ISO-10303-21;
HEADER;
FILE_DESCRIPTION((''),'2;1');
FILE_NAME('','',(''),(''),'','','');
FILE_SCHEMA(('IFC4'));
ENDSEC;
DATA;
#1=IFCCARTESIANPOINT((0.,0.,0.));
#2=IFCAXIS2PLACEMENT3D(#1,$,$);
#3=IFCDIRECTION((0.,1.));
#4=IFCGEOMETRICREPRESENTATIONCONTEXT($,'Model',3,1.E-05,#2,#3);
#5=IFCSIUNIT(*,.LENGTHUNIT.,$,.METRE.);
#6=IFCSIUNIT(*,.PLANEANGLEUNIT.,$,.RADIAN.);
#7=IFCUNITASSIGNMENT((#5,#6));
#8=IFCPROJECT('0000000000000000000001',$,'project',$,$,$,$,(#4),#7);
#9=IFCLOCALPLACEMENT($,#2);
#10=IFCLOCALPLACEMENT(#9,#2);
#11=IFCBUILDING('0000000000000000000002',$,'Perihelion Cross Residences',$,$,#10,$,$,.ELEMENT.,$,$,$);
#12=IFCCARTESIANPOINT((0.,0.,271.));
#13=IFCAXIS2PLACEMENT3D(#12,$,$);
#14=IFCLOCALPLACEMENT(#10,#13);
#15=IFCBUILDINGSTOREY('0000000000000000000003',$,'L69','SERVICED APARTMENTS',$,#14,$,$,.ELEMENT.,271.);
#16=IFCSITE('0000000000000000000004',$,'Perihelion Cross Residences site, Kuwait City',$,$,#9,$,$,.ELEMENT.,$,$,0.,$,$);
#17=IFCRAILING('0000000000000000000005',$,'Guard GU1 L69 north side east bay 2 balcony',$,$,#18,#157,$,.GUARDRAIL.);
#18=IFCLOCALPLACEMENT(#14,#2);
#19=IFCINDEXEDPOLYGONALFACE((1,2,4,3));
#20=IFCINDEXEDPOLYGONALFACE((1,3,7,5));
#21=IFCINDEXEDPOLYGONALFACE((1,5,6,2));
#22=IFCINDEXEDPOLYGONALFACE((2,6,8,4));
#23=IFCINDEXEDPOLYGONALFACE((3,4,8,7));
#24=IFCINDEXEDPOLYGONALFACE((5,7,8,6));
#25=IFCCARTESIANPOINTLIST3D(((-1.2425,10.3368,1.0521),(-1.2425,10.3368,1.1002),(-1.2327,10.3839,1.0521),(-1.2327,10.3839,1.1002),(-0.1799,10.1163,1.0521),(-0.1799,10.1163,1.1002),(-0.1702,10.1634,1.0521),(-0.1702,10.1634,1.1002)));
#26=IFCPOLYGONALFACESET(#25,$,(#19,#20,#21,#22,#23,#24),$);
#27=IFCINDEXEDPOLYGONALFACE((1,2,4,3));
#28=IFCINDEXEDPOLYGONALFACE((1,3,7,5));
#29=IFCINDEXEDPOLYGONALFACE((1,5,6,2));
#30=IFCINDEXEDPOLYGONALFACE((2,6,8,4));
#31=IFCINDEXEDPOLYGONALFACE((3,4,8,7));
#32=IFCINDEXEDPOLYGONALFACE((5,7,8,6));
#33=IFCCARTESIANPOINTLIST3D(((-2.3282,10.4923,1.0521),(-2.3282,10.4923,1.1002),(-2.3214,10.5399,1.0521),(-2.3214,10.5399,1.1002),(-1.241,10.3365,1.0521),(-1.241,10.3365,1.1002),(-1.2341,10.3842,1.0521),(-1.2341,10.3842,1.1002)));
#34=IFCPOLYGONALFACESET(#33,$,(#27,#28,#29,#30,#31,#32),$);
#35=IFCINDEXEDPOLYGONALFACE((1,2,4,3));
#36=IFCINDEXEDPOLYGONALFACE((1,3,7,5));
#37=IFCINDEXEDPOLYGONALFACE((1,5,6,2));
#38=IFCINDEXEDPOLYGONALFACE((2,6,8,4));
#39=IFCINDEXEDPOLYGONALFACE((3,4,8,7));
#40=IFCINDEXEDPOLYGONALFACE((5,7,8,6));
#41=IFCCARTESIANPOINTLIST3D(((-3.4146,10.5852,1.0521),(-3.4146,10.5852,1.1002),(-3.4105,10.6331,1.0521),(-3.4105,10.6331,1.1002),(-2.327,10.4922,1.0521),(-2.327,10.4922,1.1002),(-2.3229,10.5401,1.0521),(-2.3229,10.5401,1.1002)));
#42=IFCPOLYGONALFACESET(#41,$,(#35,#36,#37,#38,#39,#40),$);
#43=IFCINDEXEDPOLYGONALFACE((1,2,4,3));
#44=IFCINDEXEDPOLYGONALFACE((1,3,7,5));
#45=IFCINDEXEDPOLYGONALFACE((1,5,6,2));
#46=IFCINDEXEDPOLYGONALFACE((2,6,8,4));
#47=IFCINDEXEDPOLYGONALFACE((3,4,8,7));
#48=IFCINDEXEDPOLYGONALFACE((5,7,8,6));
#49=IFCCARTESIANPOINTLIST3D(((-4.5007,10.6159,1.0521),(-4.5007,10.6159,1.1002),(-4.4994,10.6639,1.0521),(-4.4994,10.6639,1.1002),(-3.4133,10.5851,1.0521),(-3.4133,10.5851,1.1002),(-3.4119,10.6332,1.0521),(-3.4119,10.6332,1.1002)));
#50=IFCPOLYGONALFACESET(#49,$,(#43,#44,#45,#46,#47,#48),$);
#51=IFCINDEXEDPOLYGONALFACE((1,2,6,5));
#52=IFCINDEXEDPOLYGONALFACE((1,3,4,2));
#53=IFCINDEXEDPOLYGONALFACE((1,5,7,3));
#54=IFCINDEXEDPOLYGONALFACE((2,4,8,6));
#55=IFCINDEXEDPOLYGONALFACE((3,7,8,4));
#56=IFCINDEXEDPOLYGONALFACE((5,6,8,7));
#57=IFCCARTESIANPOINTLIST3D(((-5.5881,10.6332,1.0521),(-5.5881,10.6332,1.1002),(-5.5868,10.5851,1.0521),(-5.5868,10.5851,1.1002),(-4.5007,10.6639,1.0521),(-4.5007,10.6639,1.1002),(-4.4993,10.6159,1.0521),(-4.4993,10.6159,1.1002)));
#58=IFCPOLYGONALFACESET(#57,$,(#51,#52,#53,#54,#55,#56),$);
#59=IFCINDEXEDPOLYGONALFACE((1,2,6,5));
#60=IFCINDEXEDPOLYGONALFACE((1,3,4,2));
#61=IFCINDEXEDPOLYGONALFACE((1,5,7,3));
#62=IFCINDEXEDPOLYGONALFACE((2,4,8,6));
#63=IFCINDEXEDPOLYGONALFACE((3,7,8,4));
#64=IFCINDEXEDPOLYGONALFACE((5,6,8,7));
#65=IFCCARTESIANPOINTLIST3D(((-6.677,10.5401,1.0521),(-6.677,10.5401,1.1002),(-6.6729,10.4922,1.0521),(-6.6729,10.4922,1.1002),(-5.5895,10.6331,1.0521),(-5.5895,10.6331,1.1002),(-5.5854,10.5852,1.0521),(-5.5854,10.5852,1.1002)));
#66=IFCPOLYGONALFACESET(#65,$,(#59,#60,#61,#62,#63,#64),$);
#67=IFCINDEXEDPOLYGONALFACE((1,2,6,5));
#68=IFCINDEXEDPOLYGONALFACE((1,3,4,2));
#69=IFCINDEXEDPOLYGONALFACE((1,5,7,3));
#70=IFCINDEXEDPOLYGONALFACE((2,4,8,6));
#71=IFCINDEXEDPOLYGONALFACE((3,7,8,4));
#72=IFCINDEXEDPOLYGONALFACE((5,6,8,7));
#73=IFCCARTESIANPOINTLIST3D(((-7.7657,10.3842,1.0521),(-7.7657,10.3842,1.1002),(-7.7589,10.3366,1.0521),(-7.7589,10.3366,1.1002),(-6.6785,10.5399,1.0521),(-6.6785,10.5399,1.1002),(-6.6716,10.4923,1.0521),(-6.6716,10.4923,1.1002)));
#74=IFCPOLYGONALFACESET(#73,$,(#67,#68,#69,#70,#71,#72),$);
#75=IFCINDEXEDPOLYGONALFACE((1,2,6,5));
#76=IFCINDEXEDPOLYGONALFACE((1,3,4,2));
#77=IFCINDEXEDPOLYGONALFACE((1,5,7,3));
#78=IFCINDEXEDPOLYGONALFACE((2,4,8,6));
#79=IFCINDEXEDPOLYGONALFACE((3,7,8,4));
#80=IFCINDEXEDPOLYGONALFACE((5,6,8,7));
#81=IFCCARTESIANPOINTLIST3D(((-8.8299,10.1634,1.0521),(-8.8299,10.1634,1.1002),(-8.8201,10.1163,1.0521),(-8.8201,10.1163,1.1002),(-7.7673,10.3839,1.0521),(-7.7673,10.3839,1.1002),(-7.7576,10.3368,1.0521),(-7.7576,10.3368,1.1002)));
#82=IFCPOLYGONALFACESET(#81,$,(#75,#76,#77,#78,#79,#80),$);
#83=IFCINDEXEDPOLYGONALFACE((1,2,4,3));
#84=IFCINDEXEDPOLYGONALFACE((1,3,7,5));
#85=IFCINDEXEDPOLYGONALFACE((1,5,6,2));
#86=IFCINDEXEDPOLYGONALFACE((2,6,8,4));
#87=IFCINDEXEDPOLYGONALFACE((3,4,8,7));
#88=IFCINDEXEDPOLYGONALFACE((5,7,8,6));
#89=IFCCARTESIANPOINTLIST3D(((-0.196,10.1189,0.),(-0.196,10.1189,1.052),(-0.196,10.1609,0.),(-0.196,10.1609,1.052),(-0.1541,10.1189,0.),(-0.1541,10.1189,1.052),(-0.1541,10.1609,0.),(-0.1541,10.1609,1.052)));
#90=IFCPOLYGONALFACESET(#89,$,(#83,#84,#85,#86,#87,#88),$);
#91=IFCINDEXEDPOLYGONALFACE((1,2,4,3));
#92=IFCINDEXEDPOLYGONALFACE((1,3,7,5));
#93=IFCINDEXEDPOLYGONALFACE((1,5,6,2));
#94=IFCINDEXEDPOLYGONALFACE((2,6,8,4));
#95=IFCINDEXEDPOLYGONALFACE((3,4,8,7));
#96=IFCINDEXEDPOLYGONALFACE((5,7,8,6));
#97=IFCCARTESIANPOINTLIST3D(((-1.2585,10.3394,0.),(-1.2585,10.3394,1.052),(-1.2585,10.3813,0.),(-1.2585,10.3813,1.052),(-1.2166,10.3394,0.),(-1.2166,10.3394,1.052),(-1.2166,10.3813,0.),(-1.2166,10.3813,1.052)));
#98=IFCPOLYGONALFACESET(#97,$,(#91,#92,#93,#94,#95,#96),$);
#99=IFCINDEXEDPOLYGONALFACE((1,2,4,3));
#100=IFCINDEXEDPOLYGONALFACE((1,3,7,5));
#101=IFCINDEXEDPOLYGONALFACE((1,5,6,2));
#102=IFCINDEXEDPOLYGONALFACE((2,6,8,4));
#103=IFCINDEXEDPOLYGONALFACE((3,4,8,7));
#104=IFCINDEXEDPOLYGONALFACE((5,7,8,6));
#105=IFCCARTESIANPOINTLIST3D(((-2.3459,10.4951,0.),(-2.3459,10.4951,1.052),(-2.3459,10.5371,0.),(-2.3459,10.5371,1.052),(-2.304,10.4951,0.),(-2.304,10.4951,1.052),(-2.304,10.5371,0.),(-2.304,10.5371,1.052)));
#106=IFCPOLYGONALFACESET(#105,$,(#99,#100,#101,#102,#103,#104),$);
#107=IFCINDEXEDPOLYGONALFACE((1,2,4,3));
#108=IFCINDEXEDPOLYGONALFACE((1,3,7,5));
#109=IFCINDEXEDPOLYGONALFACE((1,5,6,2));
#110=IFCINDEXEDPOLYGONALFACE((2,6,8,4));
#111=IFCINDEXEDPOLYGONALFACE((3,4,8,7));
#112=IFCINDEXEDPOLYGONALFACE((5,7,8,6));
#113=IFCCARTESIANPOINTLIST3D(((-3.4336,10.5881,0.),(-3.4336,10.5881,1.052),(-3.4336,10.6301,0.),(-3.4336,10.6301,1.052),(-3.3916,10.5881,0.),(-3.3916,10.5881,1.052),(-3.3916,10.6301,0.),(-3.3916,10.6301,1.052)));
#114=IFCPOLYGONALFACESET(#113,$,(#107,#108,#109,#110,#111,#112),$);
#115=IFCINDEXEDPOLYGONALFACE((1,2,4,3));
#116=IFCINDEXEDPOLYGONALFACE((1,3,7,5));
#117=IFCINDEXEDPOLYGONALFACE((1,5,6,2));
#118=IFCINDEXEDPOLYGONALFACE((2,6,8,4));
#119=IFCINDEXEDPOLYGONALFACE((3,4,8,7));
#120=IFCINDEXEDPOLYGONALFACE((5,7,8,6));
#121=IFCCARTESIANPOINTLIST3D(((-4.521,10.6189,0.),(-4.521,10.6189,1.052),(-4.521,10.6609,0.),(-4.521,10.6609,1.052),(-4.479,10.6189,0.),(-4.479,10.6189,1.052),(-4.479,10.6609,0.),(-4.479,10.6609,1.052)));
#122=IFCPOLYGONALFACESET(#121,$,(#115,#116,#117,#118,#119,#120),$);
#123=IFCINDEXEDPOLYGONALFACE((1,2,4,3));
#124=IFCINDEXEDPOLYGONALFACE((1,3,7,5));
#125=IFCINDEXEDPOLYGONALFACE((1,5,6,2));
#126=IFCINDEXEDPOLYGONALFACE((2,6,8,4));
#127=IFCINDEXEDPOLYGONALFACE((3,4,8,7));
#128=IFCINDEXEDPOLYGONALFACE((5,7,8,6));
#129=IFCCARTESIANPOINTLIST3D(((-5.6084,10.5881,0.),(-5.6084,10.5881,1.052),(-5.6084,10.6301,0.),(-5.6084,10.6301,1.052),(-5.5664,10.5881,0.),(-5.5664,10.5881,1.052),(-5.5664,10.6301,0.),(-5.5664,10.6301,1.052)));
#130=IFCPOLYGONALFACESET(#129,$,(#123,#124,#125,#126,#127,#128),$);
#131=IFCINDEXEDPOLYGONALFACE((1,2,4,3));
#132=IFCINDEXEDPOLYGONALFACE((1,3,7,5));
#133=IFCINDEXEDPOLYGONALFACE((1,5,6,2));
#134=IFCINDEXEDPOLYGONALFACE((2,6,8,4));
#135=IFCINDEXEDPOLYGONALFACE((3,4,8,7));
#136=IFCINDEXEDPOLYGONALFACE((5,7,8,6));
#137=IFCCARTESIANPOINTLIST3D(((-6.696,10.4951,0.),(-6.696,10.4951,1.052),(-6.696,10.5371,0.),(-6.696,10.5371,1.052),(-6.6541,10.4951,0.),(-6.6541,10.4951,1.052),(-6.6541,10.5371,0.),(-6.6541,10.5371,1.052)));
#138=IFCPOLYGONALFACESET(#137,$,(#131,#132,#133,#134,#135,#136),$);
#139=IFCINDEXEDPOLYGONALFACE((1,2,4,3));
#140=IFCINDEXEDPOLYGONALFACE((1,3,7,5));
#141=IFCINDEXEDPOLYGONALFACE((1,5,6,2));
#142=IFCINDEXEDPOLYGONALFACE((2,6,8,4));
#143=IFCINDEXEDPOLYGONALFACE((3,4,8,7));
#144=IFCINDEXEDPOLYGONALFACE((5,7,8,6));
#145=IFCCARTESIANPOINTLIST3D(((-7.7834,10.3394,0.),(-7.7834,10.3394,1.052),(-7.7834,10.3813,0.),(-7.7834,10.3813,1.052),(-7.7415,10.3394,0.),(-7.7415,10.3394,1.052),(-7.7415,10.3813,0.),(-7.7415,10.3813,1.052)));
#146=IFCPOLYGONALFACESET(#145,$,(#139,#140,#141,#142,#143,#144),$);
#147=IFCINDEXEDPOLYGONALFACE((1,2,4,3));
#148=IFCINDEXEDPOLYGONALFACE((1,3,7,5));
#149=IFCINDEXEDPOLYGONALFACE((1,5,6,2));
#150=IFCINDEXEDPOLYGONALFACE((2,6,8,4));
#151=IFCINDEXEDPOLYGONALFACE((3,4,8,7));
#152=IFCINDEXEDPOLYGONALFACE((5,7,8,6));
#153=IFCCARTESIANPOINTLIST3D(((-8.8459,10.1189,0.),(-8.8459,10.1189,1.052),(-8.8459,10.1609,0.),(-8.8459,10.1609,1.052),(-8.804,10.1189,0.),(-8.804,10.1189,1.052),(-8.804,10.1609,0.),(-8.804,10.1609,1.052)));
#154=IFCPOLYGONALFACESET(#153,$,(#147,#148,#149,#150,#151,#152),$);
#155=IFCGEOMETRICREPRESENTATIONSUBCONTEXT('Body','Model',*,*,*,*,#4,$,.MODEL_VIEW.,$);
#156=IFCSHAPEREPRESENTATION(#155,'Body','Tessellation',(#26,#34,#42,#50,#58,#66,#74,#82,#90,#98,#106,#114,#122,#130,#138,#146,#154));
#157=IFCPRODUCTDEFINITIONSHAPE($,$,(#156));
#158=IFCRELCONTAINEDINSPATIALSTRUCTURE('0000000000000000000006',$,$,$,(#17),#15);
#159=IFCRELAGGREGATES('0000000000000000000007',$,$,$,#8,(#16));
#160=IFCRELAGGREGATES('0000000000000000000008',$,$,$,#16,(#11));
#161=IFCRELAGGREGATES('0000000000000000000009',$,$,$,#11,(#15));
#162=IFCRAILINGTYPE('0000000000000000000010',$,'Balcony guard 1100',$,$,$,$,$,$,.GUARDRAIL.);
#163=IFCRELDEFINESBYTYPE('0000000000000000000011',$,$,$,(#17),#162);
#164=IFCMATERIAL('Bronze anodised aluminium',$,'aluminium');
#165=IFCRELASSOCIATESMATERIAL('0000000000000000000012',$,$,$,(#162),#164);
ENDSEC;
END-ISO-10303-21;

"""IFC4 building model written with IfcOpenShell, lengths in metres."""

from ifc_helpers import new_model, si_unit, direction, frame, origin, origin_2d, place, context, subcontext, project, spatial, rectangle, extrude, material, type_object, element, save


model = new_model("IFC4")

# Units and contexts
model_context = context("Model", 3, precision=1e-05, world=origin(), true_north=direction((0.0, 1.0)))
body_context = subcontext(model_context, "Body", "Model", "MODEL_VIEW")
ifc_project = project(units=[si_unit("LENGTHUNIT", "METRE"), si_unit("PLANEANGLEUNIT", "RADIAN")], contexts=[model_context])

# Site, building, storey
site_placement = place(None, origin())
site = spatial("IfcSite", under=ifc_project, at=site_placement, Name="Perihelion Cross Residences site, Kuwait City", CompositionType="ELEMENT", RefElevation=0.0)
building_placement = place(site_placement, origin())
building = spatial("IfcBuilding", under=site, at=building_placement, Name="Perihelion Cross Residences", CompositionType="ELEMENT")
storey_placement = place(building_placement, frame((0.0, 0.0, 271.0)))
storey = spatial("IfcBuildingStorey", under=building, at=storey_placement, Name="L69", Description="SERVICED APARTMENTS", CompositionType="ELEMENT", Elevation=271.0)

# Railing
ifc_material_1 = material(Name="Bronze anodised aluminium", Category="aluminium")
railing_type = type_object("IfcRailingType", Name="Balcony guard 1100", PredefinedType="GUARDRAIL", material=ifc_material_1)
railing_1_placement = place(storey_placement, frame((-0.175, 10.1399, 0.0)))
element("IfcRailing", 1, at=railing_1_placement, inside=storey, type_object=railing_type, Name="Guard GU1 L69 north side east bay 2 balcony", PredefinedType="GUARDRAIL", context=body_context, shape_type="SweptSolid", body=[
    extrude(rectangle(XDim=0.0481, YDim=0.0481, at=origin_2d()), frame((0.0, 0.0, 1.0762), z_axis=(-0.979145, 0.203164, 0.0), x_axis=(-0.203164, -0.979145, 0.0)), (0.0, 0.0, 1.0), 1.0852),
    extrude(rectangle(XDim=0.0481, YDim=0.0481, at=origin_2d()), frame((-1.0625, 0.2205, 1.0762), z_axis=(-0.989896, 0.141795, 0.0), x_axis=(-0.141795, -0.989896, 0.0)), (0.0, 0.0, 1.0), 1.0984),
    extrude(rectangle(XDim=0.0481, YDim=0.0481, at=origin_2d()), frame((-2.1499, 0.3762, 1.0762), z_axis=(-0.996363, 0.085211, 0.0), x_axis=(-0.085211, -0.996363, 0.0)), (0.0, 0.0, 1.0), 1.0916),
    extrude(rectangle(XDim=0.0481, YDim=0.0481, at=origin_2d()), frame((-3.2375, 0.4692, 1.0762), z_axis=(-0.9996, 0.028278, 0.0), x_axis=(-0.028278, -0.9996, 0.0)), (0.0, 0.0, 1.0), 1.0879),
    extrude(rectangle(XDim=0.0481, YDim=0.0481, at=origin_2d()), frame((-4.325, 0.5, 1.0762), z_axis=(-0.9996, -0.028278, 0.0), x_axis=(0.028278, -0.9996, 0.0)), (0.0, 0.0, 1.0), 1.0879),
    extrude(rectangle(XDim=0.0481, YDim=0.0481, at=origin_2d()), frame((-5.4124, 0.4692, 1.0762), z_axis=(-0.996363, -0.085211, 0.0), x_axis=(0.085211, -0.996363, 0.0)), (0.0, 0.0, 1.0), 1.0916),
    extrude(rectangle(XDim=0.0481, YDim=0.0481, at=origin_2d()), frame((-6.5, 0.3762, 1.0762), z_axis=(-0.989896, -0.141795, 0.0), x_axis=(0.141795, -0.989896, 0.0)), (0.0, 0.0, 1.0), 1.0984),
    extrude(rectangle(XDim=0.0481, YDim=0.0481, at=origin_2d()), frame((-7.5874, 0.2205, 1.0762), z_axis=(-0.979145, -0.203164, 0.0), x_axis=(0.203164, -0.979145, 0.0)), (0.0, 0.0, 1.0), 1.0852),
    extrude(rectangle(XDim=0.042, YDim=0.042, at=origin_2d()), origin(), (0.0, 0.0, 1.0), 1.052),
    extrude(rectangle(XDim=0.042, YDim=0.042, at=origin_2d()), frame((-1.0625, 0.2205, 0.0)), (0.0, 0.0, 1.0), 1.052),
    extrude(rectangle(XDim=0.042, YDim=0.042, at=origin_2d()), frame((-2.1499, 0.3762, 0.0)), (0.0, 0.0, 1.0), 1.052),
    extrude(rectangle(XDim=0.042, YDim=0.042, at=origin_2d()), frame((-3.2375, 0.4692, 0.0)), (0.0, 0.0, 1.0), 1.052),
    extrude(rectangle(XDim=0.042, YDim=0.042, at=origin_2d()), frame((-4.325, 0.5, 0.0)), (0.0, 0.0, 1.0), 1.052),
    extrude(rectangle(XDim=0.042, YDim=0.042, at=origin_2d()), frame((-5.4124, 0.4692, 0.0)), (0.0, 0.0, 1.0), 1.052),
    extrude(rectangle(XDim=0.042, YDim=0.042, at=origin_2d()), frame((-6.5, 0.3762, 0.0)), (0.0, 0.0, 1.0), 1.052),
    extrude(rectangle(XDim=0.042, YDim=0.042, at=origin_2d()), frame((-7.5874, 0.2205, 0.0)), (0.0, 0.0, 1.0), 1.052),
    extrude(rectangle(XDim=0.042, YDim=0.042, at=origin_2d()), frame((-8.6499, 0.0, 0.0)), (0.0, 0.0, 1.0), 1.052),
])

save(model, "model.ifc")
